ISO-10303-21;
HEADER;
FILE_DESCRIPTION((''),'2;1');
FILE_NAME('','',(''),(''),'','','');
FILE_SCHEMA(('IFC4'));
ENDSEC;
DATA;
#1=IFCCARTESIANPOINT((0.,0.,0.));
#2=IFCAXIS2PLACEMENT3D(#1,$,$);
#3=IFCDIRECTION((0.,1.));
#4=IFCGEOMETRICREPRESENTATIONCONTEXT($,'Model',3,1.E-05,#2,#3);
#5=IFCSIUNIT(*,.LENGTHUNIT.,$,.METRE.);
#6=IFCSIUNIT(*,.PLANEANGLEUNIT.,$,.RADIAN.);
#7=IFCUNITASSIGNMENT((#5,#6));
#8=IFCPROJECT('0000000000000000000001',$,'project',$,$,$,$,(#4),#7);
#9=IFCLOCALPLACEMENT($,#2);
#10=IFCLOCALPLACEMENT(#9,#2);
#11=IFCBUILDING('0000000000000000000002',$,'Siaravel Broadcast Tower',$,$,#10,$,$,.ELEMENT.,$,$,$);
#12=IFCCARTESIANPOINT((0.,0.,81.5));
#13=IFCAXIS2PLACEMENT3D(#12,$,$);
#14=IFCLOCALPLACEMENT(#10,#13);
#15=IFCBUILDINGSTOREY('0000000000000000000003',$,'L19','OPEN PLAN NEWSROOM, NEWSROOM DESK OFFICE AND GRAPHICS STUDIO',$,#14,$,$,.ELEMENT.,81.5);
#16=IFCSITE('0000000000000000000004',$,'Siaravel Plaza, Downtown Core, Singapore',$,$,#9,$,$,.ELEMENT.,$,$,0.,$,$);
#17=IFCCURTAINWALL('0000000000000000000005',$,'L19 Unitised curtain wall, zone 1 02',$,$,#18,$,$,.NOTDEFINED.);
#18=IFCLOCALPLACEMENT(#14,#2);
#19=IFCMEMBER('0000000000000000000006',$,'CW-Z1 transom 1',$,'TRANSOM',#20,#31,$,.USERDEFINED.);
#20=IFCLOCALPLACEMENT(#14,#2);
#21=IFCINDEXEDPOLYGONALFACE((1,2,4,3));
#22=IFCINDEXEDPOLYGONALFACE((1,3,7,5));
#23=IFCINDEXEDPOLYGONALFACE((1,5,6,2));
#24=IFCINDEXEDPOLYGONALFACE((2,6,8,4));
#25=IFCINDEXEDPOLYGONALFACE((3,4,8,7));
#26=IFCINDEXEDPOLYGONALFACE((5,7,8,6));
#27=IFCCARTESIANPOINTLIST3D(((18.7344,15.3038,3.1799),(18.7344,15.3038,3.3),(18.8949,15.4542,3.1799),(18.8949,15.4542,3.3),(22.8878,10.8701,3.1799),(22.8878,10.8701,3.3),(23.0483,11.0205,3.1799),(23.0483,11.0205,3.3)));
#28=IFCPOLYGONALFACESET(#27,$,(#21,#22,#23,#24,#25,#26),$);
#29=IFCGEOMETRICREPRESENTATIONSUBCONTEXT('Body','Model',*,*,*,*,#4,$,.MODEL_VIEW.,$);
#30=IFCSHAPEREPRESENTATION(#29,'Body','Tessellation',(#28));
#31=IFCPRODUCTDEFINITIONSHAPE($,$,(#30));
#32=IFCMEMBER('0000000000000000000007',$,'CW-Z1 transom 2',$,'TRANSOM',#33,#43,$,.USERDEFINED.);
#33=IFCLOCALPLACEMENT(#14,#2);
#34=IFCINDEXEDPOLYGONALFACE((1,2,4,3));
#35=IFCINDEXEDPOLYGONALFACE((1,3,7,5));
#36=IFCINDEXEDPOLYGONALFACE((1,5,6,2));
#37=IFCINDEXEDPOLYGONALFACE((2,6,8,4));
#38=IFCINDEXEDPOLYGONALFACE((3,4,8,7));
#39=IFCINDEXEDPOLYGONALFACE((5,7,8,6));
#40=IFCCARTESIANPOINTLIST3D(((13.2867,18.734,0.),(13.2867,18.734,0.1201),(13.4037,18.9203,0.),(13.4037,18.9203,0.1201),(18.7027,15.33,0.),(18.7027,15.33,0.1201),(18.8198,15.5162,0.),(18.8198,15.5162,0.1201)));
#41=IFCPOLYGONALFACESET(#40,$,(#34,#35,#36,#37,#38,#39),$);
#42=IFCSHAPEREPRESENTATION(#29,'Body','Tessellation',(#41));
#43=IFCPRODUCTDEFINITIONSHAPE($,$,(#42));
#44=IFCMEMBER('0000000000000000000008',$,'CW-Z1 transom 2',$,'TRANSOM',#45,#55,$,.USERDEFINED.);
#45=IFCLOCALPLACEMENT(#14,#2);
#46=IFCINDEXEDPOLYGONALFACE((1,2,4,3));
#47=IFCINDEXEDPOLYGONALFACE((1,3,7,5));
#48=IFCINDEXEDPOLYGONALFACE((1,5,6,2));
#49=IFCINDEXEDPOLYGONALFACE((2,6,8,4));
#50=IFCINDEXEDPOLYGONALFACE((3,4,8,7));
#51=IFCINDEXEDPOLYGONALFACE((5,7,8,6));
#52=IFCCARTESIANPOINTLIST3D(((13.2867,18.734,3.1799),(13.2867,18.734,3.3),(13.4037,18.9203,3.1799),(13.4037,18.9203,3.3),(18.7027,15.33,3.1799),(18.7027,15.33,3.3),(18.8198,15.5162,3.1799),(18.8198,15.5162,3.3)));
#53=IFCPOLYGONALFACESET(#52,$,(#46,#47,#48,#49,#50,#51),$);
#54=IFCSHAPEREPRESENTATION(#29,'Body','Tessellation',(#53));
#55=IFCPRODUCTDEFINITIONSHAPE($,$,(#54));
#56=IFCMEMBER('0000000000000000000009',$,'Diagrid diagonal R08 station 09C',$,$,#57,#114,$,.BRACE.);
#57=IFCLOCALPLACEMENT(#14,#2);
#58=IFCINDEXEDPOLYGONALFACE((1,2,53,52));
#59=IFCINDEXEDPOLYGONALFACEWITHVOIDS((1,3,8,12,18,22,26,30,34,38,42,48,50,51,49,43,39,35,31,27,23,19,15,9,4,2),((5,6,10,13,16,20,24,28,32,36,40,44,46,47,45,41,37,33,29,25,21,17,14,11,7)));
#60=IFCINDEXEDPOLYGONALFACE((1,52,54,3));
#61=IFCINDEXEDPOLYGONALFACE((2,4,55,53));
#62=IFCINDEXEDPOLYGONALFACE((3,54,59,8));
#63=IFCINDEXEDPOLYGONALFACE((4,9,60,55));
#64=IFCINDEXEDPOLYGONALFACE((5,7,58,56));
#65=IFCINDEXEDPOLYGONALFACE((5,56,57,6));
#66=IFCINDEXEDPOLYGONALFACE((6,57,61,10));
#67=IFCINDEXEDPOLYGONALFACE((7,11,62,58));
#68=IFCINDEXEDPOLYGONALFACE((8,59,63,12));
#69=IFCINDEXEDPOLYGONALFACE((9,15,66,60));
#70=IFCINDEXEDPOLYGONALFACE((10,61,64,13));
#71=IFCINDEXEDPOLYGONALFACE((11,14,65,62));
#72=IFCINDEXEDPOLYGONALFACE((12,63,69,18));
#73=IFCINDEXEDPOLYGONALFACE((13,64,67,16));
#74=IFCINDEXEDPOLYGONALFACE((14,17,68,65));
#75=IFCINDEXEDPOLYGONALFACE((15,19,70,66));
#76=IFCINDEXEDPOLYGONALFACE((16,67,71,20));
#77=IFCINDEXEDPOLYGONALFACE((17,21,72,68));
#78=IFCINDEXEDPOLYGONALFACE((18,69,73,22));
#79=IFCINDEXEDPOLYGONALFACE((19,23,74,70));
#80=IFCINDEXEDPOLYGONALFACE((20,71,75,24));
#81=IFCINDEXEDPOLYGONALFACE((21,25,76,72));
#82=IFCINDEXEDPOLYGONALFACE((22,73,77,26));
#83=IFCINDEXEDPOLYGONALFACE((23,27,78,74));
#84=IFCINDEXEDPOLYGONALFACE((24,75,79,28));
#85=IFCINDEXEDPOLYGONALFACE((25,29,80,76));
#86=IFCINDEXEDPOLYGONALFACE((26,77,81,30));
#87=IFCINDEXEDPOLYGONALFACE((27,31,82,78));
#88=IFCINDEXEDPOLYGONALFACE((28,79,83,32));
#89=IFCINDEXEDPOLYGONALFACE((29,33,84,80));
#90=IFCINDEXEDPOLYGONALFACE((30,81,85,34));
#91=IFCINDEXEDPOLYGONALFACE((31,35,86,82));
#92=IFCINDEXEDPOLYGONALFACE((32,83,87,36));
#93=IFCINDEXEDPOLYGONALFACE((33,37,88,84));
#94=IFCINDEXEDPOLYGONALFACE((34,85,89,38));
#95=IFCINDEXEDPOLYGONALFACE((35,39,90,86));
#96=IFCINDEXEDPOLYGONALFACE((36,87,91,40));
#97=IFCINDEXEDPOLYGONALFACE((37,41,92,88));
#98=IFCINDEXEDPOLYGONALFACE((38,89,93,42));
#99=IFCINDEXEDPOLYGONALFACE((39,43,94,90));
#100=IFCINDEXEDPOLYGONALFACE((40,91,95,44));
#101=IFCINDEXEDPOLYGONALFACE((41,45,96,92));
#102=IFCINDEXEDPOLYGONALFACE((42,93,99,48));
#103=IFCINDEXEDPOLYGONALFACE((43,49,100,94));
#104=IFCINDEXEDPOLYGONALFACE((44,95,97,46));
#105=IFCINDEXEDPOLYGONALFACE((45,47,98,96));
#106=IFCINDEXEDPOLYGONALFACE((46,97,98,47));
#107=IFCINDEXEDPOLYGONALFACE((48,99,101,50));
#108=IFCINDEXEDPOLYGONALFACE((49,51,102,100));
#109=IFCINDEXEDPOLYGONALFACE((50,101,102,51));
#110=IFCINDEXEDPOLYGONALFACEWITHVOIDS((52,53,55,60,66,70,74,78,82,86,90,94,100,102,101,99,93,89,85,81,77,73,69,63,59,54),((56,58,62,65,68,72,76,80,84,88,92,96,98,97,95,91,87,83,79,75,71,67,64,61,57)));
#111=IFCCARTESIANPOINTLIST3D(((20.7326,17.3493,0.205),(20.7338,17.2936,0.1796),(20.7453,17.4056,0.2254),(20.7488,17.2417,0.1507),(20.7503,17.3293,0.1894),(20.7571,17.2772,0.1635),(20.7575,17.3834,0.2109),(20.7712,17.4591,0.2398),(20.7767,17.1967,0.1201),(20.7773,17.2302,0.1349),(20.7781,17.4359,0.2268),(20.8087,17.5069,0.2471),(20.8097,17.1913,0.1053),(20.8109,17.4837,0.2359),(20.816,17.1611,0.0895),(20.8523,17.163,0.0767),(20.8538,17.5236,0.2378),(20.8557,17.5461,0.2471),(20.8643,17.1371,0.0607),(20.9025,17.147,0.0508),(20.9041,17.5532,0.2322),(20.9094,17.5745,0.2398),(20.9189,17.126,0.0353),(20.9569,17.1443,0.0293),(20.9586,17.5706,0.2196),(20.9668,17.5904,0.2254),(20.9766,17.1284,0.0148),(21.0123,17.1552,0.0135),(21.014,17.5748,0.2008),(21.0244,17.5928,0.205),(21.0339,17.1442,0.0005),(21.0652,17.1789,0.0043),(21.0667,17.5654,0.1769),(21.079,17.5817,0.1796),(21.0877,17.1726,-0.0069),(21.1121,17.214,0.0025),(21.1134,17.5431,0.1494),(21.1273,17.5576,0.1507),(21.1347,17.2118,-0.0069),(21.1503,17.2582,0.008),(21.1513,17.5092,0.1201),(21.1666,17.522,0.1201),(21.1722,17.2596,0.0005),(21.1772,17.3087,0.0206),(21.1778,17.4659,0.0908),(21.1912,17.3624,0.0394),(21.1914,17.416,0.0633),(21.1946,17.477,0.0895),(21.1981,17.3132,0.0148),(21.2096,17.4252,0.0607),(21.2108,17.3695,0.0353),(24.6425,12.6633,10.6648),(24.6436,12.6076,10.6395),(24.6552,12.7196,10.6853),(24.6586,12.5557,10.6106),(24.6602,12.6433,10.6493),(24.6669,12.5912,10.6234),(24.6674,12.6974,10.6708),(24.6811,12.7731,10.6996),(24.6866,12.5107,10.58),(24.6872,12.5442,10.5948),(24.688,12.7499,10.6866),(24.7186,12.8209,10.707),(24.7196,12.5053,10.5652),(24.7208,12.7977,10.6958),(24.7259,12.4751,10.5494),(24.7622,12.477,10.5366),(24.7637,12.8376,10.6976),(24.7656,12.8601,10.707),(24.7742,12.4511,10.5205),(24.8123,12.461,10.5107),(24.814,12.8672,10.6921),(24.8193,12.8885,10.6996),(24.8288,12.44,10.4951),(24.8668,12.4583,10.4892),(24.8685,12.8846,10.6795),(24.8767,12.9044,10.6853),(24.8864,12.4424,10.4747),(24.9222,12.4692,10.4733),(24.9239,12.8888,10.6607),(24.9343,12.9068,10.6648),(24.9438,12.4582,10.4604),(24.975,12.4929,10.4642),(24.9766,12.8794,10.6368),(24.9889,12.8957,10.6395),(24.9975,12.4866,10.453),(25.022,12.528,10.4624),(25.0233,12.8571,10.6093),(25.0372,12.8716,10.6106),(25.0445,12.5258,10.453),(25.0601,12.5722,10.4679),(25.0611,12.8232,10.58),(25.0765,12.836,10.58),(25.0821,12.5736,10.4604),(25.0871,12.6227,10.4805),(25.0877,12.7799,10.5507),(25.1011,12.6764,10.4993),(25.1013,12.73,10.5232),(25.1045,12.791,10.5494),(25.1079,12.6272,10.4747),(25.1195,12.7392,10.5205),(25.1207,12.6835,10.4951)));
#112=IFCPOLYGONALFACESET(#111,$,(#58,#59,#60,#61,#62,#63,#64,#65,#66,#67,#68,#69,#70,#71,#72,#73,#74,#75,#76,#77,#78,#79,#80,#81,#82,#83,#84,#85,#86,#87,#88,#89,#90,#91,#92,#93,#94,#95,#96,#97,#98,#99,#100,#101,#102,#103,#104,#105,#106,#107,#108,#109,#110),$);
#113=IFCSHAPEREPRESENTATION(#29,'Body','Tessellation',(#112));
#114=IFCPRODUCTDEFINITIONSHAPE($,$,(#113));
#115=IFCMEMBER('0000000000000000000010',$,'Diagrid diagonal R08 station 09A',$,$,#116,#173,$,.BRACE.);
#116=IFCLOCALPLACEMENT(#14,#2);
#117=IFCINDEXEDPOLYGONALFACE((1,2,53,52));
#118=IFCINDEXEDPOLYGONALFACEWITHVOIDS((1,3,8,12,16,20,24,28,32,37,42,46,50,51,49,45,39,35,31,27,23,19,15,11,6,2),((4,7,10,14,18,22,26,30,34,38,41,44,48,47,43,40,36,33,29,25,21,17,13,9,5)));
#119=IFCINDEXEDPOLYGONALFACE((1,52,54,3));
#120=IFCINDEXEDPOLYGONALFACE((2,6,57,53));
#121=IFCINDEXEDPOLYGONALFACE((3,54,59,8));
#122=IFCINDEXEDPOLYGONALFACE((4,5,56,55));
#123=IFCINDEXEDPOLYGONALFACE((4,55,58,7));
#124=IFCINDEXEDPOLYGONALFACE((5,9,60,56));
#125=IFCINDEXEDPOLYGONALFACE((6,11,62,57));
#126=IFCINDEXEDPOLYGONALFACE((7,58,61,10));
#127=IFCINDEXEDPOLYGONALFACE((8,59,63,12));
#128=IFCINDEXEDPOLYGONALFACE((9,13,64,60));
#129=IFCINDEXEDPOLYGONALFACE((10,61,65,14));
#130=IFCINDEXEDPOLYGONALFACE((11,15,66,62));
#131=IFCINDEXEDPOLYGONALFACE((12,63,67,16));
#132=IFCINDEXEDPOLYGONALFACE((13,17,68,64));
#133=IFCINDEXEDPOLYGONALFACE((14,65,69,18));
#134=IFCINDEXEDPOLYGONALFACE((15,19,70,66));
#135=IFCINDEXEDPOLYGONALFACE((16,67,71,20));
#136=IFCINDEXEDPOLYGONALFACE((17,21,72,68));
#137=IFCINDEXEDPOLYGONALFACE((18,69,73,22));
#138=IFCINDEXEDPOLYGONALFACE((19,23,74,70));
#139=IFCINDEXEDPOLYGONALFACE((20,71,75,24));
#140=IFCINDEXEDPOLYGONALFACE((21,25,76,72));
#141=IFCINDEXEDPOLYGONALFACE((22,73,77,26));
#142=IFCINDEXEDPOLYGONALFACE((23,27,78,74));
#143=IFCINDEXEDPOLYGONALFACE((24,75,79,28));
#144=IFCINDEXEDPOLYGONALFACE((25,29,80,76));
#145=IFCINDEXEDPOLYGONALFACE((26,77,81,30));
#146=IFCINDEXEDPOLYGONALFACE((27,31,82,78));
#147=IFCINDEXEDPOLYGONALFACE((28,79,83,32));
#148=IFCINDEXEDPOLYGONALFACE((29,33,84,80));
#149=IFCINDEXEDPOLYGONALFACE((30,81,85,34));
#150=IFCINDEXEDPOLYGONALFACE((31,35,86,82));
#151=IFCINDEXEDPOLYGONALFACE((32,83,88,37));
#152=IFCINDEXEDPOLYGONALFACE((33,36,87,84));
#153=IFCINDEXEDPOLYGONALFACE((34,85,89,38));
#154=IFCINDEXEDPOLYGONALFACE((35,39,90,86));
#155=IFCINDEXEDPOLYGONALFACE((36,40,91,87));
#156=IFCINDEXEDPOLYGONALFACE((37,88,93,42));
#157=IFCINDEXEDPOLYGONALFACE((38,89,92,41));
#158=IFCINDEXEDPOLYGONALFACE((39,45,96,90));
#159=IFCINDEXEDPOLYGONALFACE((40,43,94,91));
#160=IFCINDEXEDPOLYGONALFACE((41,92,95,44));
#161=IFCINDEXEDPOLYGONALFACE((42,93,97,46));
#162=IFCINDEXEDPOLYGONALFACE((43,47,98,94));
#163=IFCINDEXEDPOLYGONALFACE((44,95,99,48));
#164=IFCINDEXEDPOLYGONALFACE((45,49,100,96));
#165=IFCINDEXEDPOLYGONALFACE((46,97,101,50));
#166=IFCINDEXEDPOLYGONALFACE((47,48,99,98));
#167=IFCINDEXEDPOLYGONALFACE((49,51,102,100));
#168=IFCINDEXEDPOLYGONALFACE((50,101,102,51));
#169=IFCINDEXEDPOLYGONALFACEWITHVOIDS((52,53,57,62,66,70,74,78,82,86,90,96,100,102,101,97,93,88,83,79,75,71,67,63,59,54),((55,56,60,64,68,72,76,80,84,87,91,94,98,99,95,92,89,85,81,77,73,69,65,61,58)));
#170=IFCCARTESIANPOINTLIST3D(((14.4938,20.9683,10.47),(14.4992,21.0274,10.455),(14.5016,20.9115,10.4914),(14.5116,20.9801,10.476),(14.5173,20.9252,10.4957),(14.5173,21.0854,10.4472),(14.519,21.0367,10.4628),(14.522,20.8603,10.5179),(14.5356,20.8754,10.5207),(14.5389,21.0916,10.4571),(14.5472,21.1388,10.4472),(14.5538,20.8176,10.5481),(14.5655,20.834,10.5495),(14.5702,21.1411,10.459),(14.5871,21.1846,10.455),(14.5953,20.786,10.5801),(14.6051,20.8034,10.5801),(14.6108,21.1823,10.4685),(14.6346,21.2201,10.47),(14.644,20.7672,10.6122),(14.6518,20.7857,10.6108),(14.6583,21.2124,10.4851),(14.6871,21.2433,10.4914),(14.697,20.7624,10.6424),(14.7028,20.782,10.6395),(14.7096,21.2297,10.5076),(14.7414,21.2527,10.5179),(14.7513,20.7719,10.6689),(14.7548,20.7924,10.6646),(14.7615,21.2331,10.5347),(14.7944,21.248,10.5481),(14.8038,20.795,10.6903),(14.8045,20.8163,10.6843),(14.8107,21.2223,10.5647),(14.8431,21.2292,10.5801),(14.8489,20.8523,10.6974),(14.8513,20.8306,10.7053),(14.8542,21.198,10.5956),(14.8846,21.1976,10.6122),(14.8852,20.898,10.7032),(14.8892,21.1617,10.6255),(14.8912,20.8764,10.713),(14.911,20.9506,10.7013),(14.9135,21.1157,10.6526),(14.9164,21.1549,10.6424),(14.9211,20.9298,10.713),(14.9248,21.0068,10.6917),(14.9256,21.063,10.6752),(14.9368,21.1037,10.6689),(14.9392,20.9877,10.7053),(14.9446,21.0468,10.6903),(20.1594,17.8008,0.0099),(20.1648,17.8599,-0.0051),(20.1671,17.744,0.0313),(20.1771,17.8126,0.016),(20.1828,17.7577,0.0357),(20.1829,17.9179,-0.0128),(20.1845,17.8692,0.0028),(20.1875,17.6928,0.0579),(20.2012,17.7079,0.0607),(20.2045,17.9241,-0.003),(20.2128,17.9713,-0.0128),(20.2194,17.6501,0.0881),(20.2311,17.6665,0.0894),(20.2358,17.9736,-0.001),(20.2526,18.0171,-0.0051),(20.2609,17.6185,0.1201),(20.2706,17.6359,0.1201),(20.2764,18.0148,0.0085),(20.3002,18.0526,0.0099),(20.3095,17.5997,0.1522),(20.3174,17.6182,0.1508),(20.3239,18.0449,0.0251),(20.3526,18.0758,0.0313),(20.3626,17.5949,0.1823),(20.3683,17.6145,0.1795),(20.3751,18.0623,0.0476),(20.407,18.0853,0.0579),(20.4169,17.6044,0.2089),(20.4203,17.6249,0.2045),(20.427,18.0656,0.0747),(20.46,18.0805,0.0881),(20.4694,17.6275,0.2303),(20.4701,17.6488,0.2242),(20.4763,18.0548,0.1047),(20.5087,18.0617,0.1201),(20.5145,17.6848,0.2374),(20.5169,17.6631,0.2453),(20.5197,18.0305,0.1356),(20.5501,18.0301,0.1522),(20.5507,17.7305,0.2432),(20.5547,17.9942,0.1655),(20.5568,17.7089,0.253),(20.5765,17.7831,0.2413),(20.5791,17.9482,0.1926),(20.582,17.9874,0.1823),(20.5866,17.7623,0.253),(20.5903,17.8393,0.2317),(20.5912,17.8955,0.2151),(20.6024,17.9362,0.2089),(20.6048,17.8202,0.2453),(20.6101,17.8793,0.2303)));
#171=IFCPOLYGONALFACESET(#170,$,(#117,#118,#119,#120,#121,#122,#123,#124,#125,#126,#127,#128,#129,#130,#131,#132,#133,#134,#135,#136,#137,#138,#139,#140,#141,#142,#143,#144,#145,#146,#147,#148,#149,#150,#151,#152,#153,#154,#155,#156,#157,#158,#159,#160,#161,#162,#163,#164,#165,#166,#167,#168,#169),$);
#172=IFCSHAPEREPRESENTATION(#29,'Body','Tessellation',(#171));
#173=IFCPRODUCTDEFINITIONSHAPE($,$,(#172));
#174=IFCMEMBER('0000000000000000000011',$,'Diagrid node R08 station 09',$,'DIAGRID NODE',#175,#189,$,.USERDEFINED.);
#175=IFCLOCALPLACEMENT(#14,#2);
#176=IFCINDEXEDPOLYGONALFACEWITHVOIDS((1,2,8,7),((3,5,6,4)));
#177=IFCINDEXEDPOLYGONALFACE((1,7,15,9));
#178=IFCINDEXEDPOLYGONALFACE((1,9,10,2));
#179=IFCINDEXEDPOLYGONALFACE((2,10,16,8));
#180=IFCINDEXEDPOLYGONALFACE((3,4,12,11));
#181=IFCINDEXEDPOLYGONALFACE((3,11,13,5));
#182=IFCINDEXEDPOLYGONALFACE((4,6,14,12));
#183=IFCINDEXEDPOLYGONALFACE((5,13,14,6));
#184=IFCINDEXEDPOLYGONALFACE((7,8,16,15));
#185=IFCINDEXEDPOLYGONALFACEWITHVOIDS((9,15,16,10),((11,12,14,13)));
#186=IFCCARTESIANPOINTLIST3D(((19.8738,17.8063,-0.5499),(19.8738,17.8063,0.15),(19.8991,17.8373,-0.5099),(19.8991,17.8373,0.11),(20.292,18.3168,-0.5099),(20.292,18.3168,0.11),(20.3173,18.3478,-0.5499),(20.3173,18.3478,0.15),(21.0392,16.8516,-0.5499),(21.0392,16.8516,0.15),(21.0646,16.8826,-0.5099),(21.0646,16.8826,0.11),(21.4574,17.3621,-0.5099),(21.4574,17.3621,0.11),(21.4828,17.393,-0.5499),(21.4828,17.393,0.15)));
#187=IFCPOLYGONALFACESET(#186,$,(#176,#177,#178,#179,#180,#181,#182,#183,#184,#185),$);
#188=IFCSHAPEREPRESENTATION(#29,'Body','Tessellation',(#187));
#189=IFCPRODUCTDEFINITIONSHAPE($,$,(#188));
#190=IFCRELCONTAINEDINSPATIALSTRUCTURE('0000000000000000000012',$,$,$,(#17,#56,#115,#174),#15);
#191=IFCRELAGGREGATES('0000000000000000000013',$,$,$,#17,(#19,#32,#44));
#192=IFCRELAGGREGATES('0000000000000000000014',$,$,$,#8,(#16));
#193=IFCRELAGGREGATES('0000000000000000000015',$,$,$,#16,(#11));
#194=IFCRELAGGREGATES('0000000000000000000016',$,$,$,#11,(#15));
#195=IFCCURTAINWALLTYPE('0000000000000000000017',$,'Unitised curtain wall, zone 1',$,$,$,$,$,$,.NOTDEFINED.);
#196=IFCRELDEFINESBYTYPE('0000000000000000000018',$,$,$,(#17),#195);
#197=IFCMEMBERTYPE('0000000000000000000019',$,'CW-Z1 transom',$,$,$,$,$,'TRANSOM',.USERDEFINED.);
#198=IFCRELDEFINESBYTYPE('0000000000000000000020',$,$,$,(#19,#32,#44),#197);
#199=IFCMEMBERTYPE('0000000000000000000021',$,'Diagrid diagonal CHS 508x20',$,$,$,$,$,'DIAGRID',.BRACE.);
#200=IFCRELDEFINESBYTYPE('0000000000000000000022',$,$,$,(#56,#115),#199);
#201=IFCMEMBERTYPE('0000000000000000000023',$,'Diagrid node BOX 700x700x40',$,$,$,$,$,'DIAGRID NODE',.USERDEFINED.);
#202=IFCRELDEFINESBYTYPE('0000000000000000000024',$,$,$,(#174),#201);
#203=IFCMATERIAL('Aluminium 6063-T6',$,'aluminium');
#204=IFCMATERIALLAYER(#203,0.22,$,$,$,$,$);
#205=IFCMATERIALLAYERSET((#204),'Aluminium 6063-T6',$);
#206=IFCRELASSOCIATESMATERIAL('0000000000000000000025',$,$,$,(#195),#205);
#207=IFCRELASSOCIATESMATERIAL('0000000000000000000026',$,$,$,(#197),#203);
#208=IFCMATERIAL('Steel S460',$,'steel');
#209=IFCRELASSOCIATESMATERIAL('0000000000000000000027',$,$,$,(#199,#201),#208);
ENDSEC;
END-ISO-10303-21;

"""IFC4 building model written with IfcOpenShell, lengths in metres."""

from ifc_helpers import new_model, si_unit, direction, frame, origin, origin_2d, place, context, subcontext, project, spatial, rectangle, hollow_rectangle, hollow_circle, extrude, material, layer, layer_set, material_profile, profile_set, type_object, element, aggregate, save


model = new_model("IFC4")

# Units and contexts
model_context = context("Model", 3, precision=1e-05, world=origin(), true_north=direction((0.0, 1.0)))
body_context = subcontext(model_context, "Body", "Model", "MODEL_VIEW")
ifc_project = project(units=[si_unit("LENGTHUNIT", "METRE"), si_unit("PLANEANGLEUNIT", "RADIAN")], contexts=[model_context])

# Site, building, storey
site_placement = place(None, origin())
site = spatial("IfcSite", under=ifc_project, at=site_placement, Name="Siaravel Plaza, Downtown Core, Singapore", CompositionType="ELEMENT", RefElevation=0.0)
building_placement = place(site_placement, origin())
building = spatial("IfcBuilding", under=site, at=building_placement, Name="Siaravel Broadcast Tower", CompositionType="ELEMENT")
storey_placement = place(building_placement, frame((0.0, 0.0, 81.5)))
storey = spatial("IfcBuildingStorey", under=building, at=storey_placement, Name="L19", Description="OPEN PLAN NEWSROOM, NEWSROOM DESK OFFICE AND GRAPHICS STUDIO", CompositionType="ELEMENT", Elevation=81.5)

# Shared definitions
ifc_material_1 = material(Name="Aluminium 6063-T6", Category="aluminium")
ifc_layer_1 = layer(ifc_material_1, 0.22)
ifc_layer_set_1 = layer_set([ifc_layer_1], Name="Aluminium 6063-T6")
curtain_wall_type = type_object("IfcCurtainWallType", Name="Unitised curtain wall, zone 1", PredefinedType="NOTDEFINED", material=ifc_layer_set_1)

# Curtain wall, members
curtain_wall_1_placement = place(storey_placement, origin())
curtain_wall_1 = element("IfcCurtainWall", 1, at=curtain_wall_1_placement, inside=storey, type_object=curtain_wall_type, Name="L19 Unitised curtain wall, zone 1 02", PredefinedType="NOTDEFINED")
ifc_material_profile_1 = material_profile(ifc_material_1, rectangle(XDim=0.22, YDim=0.1201, at=origin_2d()))
ifc_profile_set_1 = profile_set([ifc_material_profile_1], Name="Aluminium 6063-T6")
member_type_1 = type_object("IfcMemberType", Name="CW-Z1 transom", ElementType="TRANSOM", PredefinedType="USERDEFINED", material=ifc_profile_set_1)
member_1_placement = place(storey_placement, frame((22.968, 10.9453, 3.24), z_axis=(-0.683663, 0.729798, 0.0), x_axis=(-0.729798, -0.683663, 0.0)))
member_1 = element("IfcMember", 2, at=member_1_placement, type_object=member_type_1, Name="CW-Z1 transom 1", ObjectType="TRANSOM", PredefinedType="USERDEFINED", context=body_context, shape_type="SweptSolid", body=[
    extrude(rectangle(XDim=0.22, YDim=0.1201, at=origin_2d()), origin(), (0.0, 0.0, 1.0), 6.0752),
])
member_2_placement = place(storey_placement, frame((18.7612, 15.4231, 0.0601), z_axis=(-0.846658, 0.532138, 0.0), x_axis=(-0.532138, -0.846658, 0.0)))
member_2 = element("IfcMember", 3, at=member_2_placement, type_object=member_type_1, Name="CW-Z1 transom 2", ObjectType="TRANSOM", PredefinedType="USERDEFINED", context=body_context, shape_type="SweptSolid", body=[
    extrude(rectangle(XDim=0.22, YDim=0.1201, at=origin_2d()), origin(), (0.0, 0.0, 1.0), 6.397),
])
member_3_placement = place(storey_placement, frame((18.7612, 15.4231, 3.24), z_axis=(-0.846658, 0.532138, 0.0), x_axis=(-0.532138, -0.846658, 0.0)))
member_3 = element("IfcMember", 4, at=member_3_placement, type_object=member_type_1, Name="CW-Z1 transom 2", ObjectType="TRANSOM", PredefinedType="USERDEFINED", context=body_context, shape_type="SweptSolid", body=[
    extrude(rectangle(XDim=0.22, YDim=0.1201, at=origin_2d()), origin(), (0.0, 0.0, 1.0), 6.397),
])

# Members
ifc_material_2 = material(Name="Steel S460", Category="steel")
ifc_material_profile_2 = material_profile(ifc_material_2, hollow_circle(Radius=0.2539, WallThickness=0.02, at=origin_2d()))
ifc_profile_set_2 = profile_set([ifc_material_profile_2], Name="Steel S460")
member_type_2 = type_object("IfcMemberType", Name="Diagrid diagonal CHS 508x20", ElementType="DIAGRID", PredefinedType="BRACE", material=ifc_profile_set_2)
member_4_placement = place(storey_placement, frame((20.9717, 17.3594, 0.1201), z_axis=(0.322861, -0.386949, 0.863731), x_axis=(0.767828, 0.640656, 0.0)))
element("IfcMember", 5, at=member_4_placement, inside=storey, type_object=member_type_2, Name="Diagrid diagonal R08 station 09C", PredefinedType="BRACE", context=body_context, shape_type="SweptSolid", body=[
    extrude(hollow_circle(Radius=0.2539, WallThickness=0.02, at=origin_2d()), origin(), (0.0, 0.0, 1.0), 12.1101),
])
member_5_placement = place(storey_placement, frame((20.3848, 17.8401, 0.1201), z_axis=(-0.460229, 0.257305, 0.849696), x_axis=(-0.487992, -0.872848, 0.0)))
element("IfcMember", 6, at=member_5_placement, inside=storey, type_object=member_type_2, Name="Diagrid diagonal R08 station 09A", PredefinedType="BRACE", context=body_context, shape_type="SweptSolid", body=[
    extrude(hollow_circle(Radius=0.2539, WallThickness=0.02, at=origin_2d()), origin(), (0.0, 0.0, 1.0), 12.3103),
])
ifc_material_profile_3 = material_profile(ifc_material_2, hollow_rectangle(XDim=0.7, YDim=0.7, WallThickness=0.04, at=origin_2d()))
ifc_profile_set_3 = profile_set([ifc_material_profile_3], Name="Steel S460")
member_type_3 = type_object("IfcMemberType", Name="Diagrid node BOX 700x700x40", ElementType="DIAGRID NODE", PredefinedType="USERDEFINED", material=ifc_profile_set_3)
member_6_placement = place(storey_placement, frame((21.261, 17.1223, -0.2), z_axis=(-0.77356, 0.633723, 0.0), x_axis=(-0.633723, -0.77356, 0.0)))
element("IfcMember", 7, at=member_6_placement, inside=storey, type_object=member_type_3, Name="Diagrid node R08 station 09", ObjectType="DIAGRID NODE", PredefinedType="USERDEFINED", context=body_context, shape_type="SweptSolid", body=[
    extrude(hollow_rectangle(XDim=0.7, YDim=0.7, WallThickness=0.04, at=origin_2d()), origin(), (0.0, 0.0, 1.0), 1.5066),
])

aggregate(curtain_wall_1, [member_1, member_2, member_3])

save(model, "model.ifc")
